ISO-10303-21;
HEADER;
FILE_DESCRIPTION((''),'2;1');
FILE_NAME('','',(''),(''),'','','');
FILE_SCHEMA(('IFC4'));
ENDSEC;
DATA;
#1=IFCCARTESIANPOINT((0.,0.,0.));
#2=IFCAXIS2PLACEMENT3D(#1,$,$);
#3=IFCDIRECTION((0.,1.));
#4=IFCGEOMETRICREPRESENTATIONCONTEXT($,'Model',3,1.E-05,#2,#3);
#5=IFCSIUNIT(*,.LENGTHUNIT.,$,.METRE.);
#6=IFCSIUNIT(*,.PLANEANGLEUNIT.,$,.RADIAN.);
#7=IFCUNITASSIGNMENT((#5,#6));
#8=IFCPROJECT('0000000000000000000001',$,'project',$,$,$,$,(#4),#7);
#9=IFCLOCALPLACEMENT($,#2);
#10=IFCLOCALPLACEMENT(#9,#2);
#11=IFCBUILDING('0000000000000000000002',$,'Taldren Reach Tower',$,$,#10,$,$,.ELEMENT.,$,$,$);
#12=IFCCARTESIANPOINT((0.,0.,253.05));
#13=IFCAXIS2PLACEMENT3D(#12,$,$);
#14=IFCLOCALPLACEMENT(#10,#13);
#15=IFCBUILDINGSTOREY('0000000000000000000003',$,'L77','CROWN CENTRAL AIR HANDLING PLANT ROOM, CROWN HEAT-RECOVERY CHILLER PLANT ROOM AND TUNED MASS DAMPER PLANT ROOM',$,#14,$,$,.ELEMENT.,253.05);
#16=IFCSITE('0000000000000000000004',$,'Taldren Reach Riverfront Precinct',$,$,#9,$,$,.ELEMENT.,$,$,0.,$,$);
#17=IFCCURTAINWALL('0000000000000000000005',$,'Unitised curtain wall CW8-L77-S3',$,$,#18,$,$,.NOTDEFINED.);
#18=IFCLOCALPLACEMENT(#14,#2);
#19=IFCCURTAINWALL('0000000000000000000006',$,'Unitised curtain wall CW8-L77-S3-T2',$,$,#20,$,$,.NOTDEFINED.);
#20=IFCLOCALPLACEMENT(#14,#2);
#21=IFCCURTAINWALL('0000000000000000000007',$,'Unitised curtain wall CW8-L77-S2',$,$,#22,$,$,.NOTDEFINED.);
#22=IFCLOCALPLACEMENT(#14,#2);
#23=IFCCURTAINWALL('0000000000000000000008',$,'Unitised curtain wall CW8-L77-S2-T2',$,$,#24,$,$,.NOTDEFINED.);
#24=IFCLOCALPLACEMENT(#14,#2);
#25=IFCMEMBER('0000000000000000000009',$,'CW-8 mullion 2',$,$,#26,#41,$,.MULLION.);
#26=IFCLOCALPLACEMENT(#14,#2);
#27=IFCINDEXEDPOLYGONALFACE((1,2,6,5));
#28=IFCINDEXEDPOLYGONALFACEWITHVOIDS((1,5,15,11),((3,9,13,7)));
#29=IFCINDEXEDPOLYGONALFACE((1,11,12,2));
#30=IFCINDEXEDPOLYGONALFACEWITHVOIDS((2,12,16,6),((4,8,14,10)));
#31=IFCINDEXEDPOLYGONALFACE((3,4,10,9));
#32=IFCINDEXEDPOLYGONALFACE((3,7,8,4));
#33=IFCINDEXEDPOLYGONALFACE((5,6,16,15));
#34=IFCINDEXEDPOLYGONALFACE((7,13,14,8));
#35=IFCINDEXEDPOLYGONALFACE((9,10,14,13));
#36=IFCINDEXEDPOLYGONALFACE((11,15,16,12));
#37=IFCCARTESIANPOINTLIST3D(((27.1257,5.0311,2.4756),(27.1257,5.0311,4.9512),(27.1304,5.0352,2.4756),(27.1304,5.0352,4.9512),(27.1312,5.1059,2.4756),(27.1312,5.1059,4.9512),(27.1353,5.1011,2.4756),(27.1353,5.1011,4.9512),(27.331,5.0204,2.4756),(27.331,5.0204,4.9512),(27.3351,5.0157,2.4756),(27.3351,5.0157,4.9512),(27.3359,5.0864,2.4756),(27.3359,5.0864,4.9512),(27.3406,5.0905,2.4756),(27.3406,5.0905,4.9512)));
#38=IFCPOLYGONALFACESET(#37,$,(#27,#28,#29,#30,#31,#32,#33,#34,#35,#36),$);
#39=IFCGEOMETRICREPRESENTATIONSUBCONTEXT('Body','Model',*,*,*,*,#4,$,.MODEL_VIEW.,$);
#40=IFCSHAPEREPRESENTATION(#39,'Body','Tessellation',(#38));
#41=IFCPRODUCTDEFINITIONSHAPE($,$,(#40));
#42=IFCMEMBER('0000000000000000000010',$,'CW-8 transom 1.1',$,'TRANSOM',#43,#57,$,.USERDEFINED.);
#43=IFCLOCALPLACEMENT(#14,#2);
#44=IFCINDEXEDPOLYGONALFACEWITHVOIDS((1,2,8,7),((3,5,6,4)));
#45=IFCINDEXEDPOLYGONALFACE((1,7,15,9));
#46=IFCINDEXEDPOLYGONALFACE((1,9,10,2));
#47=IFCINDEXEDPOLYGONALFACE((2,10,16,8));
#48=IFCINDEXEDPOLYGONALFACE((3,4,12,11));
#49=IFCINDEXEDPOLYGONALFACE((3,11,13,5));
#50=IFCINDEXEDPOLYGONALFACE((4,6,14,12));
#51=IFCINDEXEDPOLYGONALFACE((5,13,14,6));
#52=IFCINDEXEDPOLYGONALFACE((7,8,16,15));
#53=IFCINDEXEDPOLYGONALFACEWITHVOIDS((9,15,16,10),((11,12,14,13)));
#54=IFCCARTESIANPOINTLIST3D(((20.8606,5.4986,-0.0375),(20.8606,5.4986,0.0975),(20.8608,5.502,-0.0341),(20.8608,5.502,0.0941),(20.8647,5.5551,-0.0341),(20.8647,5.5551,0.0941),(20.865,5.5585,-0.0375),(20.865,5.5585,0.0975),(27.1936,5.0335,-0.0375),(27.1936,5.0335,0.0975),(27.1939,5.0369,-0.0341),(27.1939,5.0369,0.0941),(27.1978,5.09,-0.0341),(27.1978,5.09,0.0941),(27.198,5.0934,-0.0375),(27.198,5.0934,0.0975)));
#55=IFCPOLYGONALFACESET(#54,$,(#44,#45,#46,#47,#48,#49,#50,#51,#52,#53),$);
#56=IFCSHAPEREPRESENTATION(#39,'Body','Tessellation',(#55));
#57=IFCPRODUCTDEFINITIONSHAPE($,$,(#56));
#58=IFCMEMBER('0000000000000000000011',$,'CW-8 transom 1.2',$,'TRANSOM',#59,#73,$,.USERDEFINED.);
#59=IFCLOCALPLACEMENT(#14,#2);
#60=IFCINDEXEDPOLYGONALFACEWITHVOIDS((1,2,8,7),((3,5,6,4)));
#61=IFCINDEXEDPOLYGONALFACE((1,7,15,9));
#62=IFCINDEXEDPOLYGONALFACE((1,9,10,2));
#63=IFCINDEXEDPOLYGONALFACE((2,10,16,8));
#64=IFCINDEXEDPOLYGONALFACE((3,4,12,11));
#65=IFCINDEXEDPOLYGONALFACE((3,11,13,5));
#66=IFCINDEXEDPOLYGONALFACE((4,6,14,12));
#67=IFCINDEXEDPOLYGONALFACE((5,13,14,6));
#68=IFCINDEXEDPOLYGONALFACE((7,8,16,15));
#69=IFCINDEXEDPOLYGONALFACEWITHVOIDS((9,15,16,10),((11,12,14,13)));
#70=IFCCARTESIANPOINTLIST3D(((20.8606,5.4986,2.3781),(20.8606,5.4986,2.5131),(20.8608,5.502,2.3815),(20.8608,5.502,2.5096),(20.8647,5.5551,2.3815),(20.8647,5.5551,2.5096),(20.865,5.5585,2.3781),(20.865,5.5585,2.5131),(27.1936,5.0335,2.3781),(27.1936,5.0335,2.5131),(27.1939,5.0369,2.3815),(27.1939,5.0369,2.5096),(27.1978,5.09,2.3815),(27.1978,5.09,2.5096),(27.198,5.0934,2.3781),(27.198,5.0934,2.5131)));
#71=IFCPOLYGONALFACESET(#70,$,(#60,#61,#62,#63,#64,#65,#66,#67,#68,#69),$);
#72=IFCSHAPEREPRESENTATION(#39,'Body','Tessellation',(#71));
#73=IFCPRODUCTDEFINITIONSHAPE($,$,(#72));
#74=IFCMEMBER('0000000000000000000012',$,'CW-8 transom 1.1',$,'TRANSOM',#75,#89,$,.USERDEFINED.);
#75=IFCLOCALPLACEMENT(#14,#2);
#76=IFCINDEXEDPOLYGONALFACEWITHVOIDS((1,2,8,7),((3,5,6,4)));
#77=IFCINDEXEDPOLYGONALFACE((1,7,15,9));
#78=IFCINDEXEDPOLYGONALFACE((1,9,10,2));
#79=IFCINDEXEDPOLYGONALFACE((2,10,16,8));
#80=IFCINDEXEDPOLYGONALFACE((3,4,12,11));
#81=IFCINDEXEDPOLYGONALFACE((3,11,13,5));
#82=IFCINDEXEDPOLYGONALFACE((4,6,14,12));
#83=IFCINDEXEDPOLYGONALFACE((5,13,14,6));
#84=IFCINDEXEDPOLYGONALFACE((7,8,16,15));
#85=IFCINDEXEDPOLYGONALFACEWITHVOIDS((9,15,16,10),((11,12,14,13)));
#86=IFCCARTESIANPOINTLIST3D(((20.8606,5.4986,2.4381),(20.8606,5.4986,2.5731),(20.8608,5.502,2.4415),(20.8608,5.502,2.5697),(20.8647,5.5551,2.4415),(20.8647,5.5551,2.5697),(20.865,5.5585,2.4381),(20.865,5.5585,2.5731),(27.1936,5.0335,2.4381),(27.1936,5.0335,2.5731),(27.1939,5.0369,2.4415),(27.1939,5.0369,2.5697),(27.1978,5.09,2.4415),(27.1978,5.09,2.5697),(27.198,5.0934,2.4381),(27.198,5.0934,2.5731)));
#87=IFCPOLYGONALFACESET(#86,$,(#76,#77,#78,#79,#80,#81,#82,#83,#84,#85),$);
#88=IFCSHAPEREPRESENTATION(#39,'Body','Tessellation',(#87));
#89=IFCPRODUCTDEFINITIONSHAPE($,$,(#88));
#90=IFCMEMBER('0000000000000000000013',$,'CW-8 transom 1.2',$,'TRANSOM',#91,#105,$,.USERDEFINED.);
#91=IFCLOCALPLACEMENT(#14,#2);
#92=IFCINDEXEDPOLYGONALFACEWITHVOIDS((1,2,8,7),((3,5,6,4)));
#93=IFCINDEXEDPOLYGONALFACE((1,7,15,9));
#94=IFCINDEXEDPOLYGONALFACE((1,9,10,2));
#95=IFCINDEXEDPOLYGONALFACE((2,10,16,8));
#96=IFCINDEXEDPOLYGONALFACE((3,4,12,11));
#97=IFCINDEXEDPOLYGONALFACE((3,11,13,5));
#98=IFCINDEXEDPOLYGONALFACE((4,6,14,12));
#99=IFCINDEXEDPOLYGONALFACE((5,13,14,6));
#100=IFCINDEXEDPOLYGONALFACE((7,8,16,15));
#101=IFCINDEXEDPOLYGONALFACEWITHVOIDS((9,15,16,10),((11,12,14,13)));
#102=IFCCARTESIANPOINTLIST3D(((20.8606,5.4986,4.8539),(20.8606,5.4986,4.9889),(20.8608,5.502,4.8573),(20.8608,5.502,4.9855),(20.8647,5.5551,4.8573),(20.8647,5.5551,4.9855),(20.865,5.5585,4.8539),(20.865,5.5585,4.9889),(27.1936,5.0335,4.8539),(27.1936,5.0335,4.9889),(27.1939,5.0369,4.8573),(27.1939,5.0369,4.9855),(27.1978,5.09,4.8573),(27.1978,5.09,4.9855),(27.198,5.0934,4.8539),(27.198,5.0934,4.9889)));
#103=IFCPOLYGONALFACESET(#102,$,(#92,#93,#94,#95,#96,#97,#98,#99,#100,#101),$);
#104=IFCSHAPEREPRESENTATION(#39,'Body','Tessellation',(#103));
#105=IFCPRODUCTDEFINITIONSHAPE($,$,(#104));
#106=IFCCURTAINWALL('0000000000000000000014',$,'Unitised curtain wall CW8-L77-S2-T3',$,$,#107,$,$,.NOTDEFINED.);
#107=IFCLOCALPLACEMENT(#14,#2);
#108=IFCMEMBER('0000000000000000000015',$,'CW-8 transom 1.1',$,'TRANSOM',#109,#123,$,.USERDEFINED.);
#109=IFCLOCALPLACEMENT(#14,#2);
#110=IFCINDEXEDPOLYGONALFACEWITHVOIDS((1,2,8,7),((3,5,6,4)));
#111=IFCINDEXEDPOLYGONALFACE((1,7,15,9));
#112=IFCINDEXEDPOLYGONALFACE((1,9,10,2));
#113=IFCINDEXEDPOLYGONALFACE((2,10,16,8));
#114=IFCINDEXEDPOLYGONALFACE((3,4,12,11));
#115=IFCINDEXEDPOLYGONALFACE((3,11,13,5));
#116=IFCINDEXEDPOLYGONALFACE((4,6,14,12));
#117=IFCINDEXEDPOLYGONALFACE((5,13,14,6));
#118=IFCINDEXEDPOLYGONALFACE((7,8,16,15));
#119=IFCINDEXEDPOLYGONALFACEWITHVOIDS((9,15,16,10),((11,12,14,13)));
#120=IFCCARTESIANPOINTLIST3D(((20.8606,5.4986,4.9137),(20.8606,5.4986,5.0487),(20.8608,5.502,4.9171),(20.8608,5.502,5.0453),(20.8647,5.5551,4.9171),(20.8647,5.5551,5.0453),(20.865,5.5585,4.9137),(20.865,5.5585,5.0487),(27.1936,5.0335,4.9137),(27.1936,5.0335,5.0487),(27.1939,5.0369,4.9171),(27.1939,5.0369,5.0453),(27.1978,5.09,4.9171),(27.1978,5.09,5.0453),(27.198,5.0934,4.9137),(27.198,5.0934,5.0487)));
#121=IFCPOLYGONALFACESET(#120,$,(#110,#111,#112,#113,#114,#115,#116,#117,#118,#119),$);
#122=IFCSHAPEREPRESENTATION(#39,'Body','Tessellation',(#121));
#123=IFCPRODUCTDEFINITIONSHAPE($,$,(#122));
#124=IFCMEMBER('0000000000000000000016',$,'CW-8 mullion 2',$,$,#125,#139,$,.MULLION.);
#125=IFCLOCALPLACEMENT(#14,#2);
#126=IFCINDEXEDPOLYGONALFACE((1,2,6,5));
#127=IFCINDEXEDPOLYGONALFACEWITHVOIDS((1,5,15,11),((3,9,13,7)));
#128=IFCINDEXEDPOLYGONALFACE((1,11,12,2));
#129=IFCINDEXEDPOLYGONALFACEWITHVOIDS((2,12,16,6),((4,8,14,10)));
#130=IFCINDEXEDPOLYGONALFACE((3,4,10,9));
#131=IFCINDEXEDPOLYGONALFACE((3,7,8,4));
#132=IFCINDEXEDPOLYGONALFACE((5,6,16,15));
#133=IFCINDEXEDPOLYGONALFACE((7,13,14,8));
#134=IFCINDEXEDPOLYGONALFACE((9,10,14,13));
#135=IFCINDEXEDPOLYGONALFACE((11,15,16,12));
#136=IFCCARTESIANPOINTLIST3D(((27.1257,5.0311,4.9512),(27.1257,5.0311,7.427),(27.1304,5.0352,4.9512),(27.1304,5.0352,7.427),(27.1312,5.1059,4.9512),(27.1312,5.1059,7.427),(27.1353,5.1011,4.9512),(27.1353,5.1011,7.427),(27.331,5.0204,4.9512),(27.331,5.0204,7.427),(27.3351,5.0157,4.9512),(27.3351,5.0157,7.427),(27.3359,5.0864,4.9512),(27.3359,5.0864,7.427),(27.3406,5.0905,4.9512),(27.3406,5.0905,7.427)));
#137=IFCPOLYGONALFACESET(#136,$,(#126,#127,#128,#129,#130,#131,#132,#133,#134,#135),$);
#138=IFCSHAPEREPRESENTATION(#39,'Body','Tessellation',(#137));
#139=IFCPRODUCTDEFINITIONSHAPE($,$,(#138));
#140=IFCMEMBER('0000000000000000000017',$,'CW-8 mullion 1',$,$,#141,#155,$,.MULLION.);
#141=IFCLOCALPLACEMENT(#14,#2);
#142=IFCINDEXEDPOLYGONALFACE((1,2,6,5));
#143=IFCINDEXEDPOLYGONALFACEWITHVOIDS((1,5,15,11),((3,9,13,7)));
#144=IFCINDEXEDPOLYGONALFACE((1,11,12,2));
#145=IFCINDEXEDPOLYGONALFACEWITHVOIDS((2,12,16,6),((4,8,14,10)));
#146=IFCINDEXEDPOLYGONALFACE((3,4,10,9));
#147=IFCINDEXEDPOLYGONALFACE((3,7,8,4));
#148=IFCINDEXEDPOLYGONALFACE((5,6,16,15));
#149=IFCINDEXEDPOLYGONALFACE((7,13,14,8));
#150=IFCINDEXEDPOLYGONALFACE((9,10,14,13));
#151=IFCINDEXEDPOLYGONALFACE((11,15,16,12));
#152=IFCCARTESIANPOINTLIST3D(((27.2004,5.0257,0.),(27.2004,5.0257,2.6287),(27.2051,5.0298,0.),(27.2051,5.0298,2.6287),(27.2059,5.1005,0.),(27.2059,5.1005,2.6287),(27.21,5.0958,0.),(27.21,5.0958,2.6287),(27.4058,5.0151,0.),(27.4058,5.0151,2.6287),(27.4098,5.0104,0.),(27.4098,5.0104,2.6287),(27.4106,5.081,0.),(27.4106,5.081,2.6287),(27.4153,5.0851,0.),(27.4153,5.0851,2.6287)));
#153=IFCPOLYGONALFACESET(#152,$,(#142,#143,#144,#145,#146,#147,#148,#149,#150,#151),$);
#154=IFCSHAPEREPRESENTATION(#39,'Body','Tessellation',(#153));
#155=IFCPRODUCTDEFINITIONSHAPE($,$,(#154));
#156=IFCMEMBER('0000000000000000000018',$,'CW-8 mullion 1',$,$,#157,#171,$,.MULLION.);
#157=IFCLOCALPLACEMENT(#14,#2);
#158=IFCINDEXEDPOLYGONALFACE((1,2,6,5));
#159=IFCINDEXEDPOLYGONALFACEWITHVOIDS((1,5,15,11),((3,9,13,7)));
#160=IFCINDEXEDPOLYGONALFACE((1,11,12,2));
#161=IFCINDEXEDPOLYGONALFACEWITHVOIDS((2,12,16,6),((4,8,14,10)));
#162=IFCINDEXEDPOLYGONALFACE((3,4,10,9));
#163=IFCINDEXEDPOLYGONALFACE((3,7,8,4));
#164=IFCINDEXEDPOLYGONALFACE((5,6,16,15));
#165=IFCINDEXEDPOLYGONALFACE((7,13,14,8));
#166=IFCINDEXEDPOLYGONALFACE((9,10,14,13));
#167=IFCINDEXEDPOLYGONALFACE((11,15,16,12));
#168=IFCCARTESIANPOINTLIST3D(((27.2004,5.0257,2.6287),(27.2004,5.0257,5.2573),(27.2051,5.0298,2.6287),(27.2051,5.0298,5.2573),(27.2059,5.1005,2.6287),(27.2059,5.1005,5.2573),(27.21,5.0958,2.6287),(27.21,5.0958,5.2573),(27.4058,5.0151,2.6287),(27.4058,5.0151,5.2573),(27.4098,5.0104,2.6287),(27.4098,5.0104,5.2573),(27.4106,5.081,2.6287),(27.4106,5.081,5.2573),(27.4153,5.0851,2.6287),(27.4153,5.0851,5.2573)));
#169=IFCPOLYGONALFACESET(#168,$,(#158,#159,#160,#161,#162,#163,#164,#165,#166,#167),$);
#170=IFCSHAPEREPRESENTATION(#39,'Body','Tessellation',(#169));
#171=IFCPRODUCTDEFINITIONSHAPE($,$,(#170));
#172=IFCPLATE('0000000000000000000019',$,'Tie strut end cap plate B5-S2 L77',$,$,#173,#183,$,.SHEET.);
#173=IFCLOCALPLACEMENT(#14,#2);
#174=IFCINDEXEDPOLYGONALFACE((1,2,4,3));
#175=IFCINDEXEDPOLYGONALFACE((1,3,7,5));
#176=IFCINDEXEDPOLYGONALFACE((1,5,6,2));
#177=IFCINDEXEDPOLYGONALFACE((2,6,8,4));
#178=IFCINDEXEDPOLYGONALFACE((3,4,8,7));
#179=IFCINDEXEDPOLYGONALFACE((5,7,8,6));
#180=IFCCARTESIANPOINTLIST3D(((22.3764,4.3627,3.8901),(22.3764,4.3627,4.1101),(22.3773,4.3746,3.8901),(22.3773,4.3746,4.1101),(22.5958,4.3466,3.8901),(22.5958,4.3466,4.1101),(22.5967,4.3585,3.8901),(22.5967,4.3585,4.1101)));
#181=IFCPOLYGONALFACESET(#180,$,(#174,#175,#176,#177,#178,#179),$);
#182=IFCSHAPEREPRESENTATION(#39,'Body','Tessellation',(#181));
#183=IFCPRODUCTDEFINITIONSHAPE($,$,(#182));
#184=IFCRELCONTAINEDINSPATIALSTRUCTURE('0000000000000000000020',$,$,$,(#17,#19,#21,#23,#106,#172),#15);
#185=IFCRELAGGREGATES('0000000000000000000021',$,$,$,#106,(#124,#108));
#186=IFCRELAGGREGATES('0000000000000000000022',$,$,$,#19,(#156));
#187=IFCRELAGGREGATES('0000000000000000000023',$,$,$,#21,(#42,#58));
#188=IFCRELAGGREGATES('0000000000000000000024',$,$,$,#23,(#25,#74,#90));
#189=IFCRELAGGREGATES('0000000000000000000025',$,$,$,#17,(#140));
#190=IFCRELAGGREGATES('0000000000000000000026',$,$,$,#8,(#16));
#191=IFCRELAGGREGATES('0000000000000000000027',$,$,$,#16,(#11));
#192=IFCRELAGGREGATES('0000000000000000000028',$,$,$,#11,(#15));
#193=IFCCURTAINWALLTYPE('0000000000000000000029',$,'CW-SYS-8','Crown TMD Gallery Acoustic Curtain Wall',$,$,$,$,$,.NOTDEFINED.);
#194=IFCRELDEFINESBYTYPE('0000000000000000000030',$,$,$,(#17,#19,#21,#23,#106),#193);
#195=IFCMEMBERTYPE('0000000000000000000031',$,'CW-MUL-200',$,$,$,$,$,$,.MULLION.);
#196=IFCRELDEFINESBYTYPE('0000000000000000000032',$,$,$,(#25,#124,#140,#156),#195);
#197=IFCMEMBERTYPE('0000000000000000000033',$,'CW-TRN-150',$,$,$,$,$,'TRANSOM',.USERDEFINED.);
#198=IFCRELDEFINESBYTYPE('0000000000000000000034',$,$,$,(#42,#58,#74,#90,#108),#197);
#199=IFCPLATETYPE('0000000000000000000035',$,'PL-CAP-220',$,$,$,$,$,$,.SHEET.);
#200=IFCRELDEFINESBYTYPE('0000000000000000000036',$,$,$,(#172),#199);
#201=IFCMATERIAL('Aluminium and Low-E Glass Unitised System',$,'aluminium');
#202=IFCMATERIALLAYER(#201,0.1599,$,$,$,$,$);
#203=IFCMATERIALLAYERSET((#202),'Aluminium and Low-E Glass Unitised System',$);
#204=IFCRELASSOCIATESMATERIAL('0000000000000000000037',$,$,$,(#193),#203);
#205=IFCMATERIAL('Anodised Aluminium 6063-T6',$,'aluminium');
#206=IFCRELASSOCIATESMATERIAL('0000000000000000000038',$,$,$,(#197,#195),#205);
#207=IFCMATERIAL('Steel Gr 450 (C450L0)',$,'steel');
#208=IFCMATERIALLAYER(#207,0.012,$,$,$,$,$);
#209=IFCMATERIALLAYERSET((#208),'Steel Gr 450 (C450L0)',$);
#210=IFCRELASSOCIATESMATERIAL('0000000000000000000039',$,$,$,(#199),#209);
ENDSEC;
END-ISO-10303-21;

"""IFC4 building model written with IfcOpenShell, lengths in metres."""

from ifc_helpers import new_model, si_unit, direction, frame, origin, origin_2d, place, context, subcontext, project, spatial, rectangle, hollow_rectangle, extrude, source, transform, mapped, material, layer, layer_set, material_profile, profile_set, type_object, element, aggregate, save


model = new_model("IFC4")

# Units and contexts
model_context = context("Model", 3, precision=1e-05, world=origin(), true_north=direction((0.0, 1.0)))
body_context = subcontext(model_context, "Body", "Model", "MODEL_VIEW")
ifc_project = project(units=[si_unit("LENGTHUNIT", "METRE"), si_unit("PLANEANGLEUNIT", "RADIAN")], contexts=[model_context])

# Site, building, storey
site_placement = place(None, origin())
site = spatial("IfcSite", under=ifc_project, at=site_placement, Name="Taldren Reach Riverfront Precinct", CompositionType="ELEMENT", RefElevation=0.0)
building_placement = place(site_placement, origin())
building = spatial("IfcBuilding", under=site, at=building_placement, Name="Taldren Reach Tower", CompositionType="ELEMENT")
storey_placement = place(building_placement, frame((0.0, 0.0, 253.05)))
storey = spatial("IfcBuildingStorey", under=building, at=storey_placement, Name="L77", Description="CROWN CENTRAL AIR HANDLING PLANT ROOM, CROWN HEAT-RECOVERY CHILLER PLANT ROOM AND TUNED MASS DAMPER PLANT ROOM", CompositionType="ELEMENT", Elevation=253.05)

# Shared definitions
ifc_material_1 = material(Name="Steel Gr 450 (C450L0)", Category="steel")

# Curtain wall
ifc_material_2 = material(Name="Aluminium and Low-E Glass Unitised System", Category="aluminium")
ifc_layer_1 = layer(ifc_material_2, 0.1599)
ifc_layer_set_1 = layer_set([ifc_layer_1], Name="Aluminium and Low-E Glass Unitised System")
curtain_wall_type = type_object("IfcCurtainWallType", Name="CW-SYS-8", Description="Crown TMD Gallery Acoustic Curtain Wall", PredefinedType="NOTDEFINED", material=ifc_layer_set_1)
curtain_wall_1_placement = place(storey_placement, origin())
curtain_wall_1 = element("IfcCurtainWall", 1, at=curtain_wall_1_placement, inside=storey, type_object=curtain_wall_type, Name="Unitised curtain wall CW8-L77-S3", PredefinedType="NOTDEFINED")
ifc_material_3 = material(Name="Anodised Aluminium 6063-T6", Category="aluminium")
ifc_material_profile_1 = material_profile(ifc_material_3, hollow_rectangle(XDim=0.0601, YDim=0.135, WallThickness=0.0034, at=origin_2d()), Name="ALU-135x60x3.5RHS")
ifc_profile_set_1 = profile_set([ifc_material_profile_1], Name="Anodised Aluminium 6063-T6")
member_type_1 = type_object("IfcMemberType", Name="CW-TRN-150", ElementType="TRANSOM", PredefinedType="USERDEFINED", material=ifc_profile_set_1)

# Curtain walls, member
curtain_wall_2_placement = place(storey_placement, origin())
curtain_wall_2 = element("IfcCurtainWall", 2, at=curtain_wall_2_placement, inside=storey, type_object=curtain_wall_type, Name="Unitised curtain wall CW8-L77-S3-T2", PredefinedType="NOTDEFINED")
curtain_wall_3_placement = place(storey_placement, origin())
curtain_wall_3 = element("IfcCurtainWall", 3, at=curtain_wall_3_placement, inside=storey, type_object=curtain_wall_type, Name="Unitised curtain wall CW8-L77-S2", PredefinedType="NOTDEFINED")
ifc_material_profile_2 = material_profile(ifc_material_3, hollow_rectangle(XDim=0.075, YDim=0.21, WallThickness=0.0044, at=origin_2d()), Name="ALU-210x75x4.5RHS")
ifc_profile_set_2 = profile_set([ifc_material_profile_2], Name="Anodised Aluminium 6063-T6")
member_type_2 = type_object("IfcMemberType", Name="CW-MUL-200", PredefinedType="MULLION", material=ifc_profile_set_2)
shared_shape_1 = source(origin(), body_context, "Body", "SweptSolid", [
    extrude(hollow_rectangle(XDim=0.075, YDim=0.21, WallThickness=0.0044, at=origin_2d()), origin(), (0.0, 0.0, 1.0), 2.4756),
])
curtain_wall_4_placement = place(storey_placement, origin())
curtain_wall_4 = element("IfcCurtainWall", 4, at=curtain_wall_4_placement, inside=storey, type_object=curtain_wall_type, Name="Unitised curtain wall CW8-L77-S2-T2", PredefinedType="NOTDEFINED")
member_1_placement = place(storey_placement, frame((27.2332, 5.0608, 2.4756), z_axis=(0.0, 0.0, 1.0), x_axis=(0.073238, 0.997314, 0.0)))
member_1 = element("IfcMember", 5, at=member_1_placement, type_object=member_type_2, Name="CW-8 mullion 2", PredefinedType="MULLION", context=body_context, shape_type="MappedRepresentation", body=[
    mapped(shared_shape_1, transform((0.0, 0.0, 0.0), scale=1.0)),
])

# Members
shared_shape_2 = source(origin(), body_context, "Body", "SweptSolid", [
    extrude(hollow_rectangle(XDim=0.0601, YDim=0.135, WallThickness=0.0034, at=origin_2d()), origin(), (0.0, 0.0, 1.0), 6.3501),
])
member_2_placement = place(storey_placement, frame((20.8628, 5.5286, 0.03), z_axis=(0.997314, -0.073241, 0.0), x_axis=(0.073241, 0.997314, 0.0)))
member_2 = element("IfcMember", 6, at=member_2_placement, type_object=member_type_1, Name="CW-8 transom 1.1", ObjectType="TRANSOM", PredefinedType="USERDEFINED", context=body_context, shape_type="MappedRepresentation", body=[
    mapped(shared_shape_2, transform((0.0, 0.0, 0.0), scale=1.0)),
])
member_3_placement = place(storey_placement, frame((20.8628, 5.5286, 2.4456), z_axis=(0.997314, -0.073241, 0.0), x_axis=(0.073241, 0.997314, 0.0)))
member_3 = element("IfcMember", 7, at=member_3_placement, type_object=member_type_1, Name="CW-8 transom 1.2", ObjectType="TRANSOM", PredefinedType="USERDEFINED", context=body_context, shape_type="MappedRepresentation", body=[
    mapped(shared_shape_2, transform((0.0, 0.0, 0.0), scale=1.0)),
])
member_4_placement = place(storey_placement, frame((20.8628, 5.5286, 2.5056), z_axis=(0.997314, -0.073241, 0.0), x_axis=(0.073241, 0.997314, 0.0)))
member_4 = element("IfcMember", 8, at=member_4_placement, type_object=member_type_1, Name="CW-8 transom 1.1", ObjectType="TRANSOM", PredefinedType="USERDEFINED", context=body_context, shape_type="MappedRepresentation", body=[
    mapped(shared_shape_2, transform((0.0, 0.0, 0.0), scale=1.0)),
])
member_5_placement = place(storey_placement, frame((20.8628, 5.5286, 4.9214), z_axis=(0.997314, -0.073241, 0.0), x_axis=(0.073241, 0.997314, 0.0)))
member_5 = element("IfcMember", 9, at=member_5_placement, type_object=member_type_1, Name="CW-8 transom 1.2", ObjectType="TRANSOM", PredefinedType="USERDEFINED", context=body_context, shape_type="MappedRepresentation", body=[
    mapped(shared_shape_2, transform((0.0, 0.0, 0.0), scale=1.0)),
])

# Curtain wall, members
curtain_wall_5_placement = place(storey_placement, origin())
curtain_wall_5 = element("IfcCurtainWall", 10, at=curtain_wall_5_placement, inside=storey, type_object=curtain_wall_type, Name="Unitised curtain wall CW8-L77-S2-T3", PredefinedType="NOTDEFINED")
member_6_placement = place(storey_placement, frame((20.8628, 5.5286, 4.9812), z_axis=(0.997314, -0.073241, 0.0), x_axis=(0.073241, 0.997314, 0.0)))
member_6 = element("IfcMember", 11, at=member_6_placement, type_object=member_type_1, Name="CW-8 transom 1.1", ObjectType="TRANSOM", PredefinedType="USERDEFINED", context=body_context, shape_type="MappedRepresentation", body=[
    mapped(shared_shape_2, transform((0.0, 0.0, 0.0), scale=1.0)),
])
shared_shape_3 = source(origin(), body_context, "Body", "SweptSolid", [
    extrude(hollow_rectangle(XDim=0.075, YDim=0.21, WallThickness=0.0044, at=origin_2d()), origin(), (0.0, 0.0, 1.0), 2.4758),
])
member_7_placement = place(storey_placement, frame((27.2332, 5.0608, 4.9512), z_axis=(0.0, 0.0, 1.0), x_axis=(0.073238, 0.997314, 0.0)))
member_7 = element("IfcMember", 12, at=member_7_placement, type_object=member_type_2, Name="CW-8 mullion 2", PredefinedType="MULLION", context=body_context, shape_type="MappedRepresentation", body=[
    mapped(shared_shape_3, transform((0.0, 0.0, 0.0), scale=1.0)),
])
aggregate(curtain_wall_5, [member_7, member_6])

# Members
shared_shape_4 = source(origin(), body_context, "Body", "SweptSolid", [
    extrude(hollow_rectangle(XDim=0.075, YDim=0.21, WallThickness=0.0044, at=origin_2d()), origin(), (0.0, 0.0, 1.0), 2.6287),
])
member_8_placement = place(storey_placement, frame((27.3079, 5.0554, 0.0), z_axis=(0.0, 0.0, 1.0), x_axis=(0.073237, 0.997315, 0.0)))
member_8 = element("IfcMember", 13, at=member_8_placement, type_object=member_type_2, Name="CW-8 mullion 1", PredefinedType="MULLION", context=body_context, shape_type="MappedRepresentation", body=[
    mapped(shared_shape_4, transform((0.0, 0.0, 0.0), scale=1.0)),
])
member_9_placement = place(storey_placement, frame((27.3079, 5.0554, 2.6287), z_axis=(0.0, 0.0, 1.0), x_axis=(0.073237, 0.997315, 0.0)))
member_9 = element("IfcMember", 14, at=member_9_placement, type_object=member_type_2, Name="CW-8 mullion 1", PredefinedType="MULLION", context=body_context, shape_type="MappedRepresentation", body=[
    mapped(shared_shape_4, transform((0.0, 0.0, 0.0), scale=1.0)),
])
aggregate(curtain_wall_2, [member_9])

# Plate
ifc_layer_2 = layer(ifc_material_1, 0.012)
ifc_layer_set_2 = layer_set([ifc_layer_2], Name="Steel Gr 450 (C450L0)")
plate_type_1 = type_object("IfcPlateType", Name="PL-CAP-220", PredefinedType="SHEET", material=ifc_layer_set_2)
shared_shape_5 = source(origin(), body_context, "Body", "SweptSolid", [
    extrude(rectangle(XDim=0.22, YDim=0.012, at=origin_2d()), origin(), (0.0, 0.0, 1.0), 0.22),
])
plate_1_placement = place(storey_placement, frame((22.4866, 4.3606, 3.8901), z_axis=(0.0, 0.0, 1.0), x_axis=(0.997314, -0.073238, 0.0)))
element("IfcPlate", 15, at=plate_1_placement, inside=storey, type_object=plate_type_1, Name="Tie strut end cap plate B5-S2 L77", PredefinedType="SHEET", context=body_context, shape_type="MappedRepresentation", body=[
    mapped(shared_shape_5, transform((0.0, 0.0, 0.0), scale=1.0)),
])
aggregate(curtain_wall_3, [member_2, member_3])
aggregate(curtain_wall_4, [member_1, member_4, member_5])
aggregate(curtain_wall_1, [member_8])

save(model, "model.ifc")
